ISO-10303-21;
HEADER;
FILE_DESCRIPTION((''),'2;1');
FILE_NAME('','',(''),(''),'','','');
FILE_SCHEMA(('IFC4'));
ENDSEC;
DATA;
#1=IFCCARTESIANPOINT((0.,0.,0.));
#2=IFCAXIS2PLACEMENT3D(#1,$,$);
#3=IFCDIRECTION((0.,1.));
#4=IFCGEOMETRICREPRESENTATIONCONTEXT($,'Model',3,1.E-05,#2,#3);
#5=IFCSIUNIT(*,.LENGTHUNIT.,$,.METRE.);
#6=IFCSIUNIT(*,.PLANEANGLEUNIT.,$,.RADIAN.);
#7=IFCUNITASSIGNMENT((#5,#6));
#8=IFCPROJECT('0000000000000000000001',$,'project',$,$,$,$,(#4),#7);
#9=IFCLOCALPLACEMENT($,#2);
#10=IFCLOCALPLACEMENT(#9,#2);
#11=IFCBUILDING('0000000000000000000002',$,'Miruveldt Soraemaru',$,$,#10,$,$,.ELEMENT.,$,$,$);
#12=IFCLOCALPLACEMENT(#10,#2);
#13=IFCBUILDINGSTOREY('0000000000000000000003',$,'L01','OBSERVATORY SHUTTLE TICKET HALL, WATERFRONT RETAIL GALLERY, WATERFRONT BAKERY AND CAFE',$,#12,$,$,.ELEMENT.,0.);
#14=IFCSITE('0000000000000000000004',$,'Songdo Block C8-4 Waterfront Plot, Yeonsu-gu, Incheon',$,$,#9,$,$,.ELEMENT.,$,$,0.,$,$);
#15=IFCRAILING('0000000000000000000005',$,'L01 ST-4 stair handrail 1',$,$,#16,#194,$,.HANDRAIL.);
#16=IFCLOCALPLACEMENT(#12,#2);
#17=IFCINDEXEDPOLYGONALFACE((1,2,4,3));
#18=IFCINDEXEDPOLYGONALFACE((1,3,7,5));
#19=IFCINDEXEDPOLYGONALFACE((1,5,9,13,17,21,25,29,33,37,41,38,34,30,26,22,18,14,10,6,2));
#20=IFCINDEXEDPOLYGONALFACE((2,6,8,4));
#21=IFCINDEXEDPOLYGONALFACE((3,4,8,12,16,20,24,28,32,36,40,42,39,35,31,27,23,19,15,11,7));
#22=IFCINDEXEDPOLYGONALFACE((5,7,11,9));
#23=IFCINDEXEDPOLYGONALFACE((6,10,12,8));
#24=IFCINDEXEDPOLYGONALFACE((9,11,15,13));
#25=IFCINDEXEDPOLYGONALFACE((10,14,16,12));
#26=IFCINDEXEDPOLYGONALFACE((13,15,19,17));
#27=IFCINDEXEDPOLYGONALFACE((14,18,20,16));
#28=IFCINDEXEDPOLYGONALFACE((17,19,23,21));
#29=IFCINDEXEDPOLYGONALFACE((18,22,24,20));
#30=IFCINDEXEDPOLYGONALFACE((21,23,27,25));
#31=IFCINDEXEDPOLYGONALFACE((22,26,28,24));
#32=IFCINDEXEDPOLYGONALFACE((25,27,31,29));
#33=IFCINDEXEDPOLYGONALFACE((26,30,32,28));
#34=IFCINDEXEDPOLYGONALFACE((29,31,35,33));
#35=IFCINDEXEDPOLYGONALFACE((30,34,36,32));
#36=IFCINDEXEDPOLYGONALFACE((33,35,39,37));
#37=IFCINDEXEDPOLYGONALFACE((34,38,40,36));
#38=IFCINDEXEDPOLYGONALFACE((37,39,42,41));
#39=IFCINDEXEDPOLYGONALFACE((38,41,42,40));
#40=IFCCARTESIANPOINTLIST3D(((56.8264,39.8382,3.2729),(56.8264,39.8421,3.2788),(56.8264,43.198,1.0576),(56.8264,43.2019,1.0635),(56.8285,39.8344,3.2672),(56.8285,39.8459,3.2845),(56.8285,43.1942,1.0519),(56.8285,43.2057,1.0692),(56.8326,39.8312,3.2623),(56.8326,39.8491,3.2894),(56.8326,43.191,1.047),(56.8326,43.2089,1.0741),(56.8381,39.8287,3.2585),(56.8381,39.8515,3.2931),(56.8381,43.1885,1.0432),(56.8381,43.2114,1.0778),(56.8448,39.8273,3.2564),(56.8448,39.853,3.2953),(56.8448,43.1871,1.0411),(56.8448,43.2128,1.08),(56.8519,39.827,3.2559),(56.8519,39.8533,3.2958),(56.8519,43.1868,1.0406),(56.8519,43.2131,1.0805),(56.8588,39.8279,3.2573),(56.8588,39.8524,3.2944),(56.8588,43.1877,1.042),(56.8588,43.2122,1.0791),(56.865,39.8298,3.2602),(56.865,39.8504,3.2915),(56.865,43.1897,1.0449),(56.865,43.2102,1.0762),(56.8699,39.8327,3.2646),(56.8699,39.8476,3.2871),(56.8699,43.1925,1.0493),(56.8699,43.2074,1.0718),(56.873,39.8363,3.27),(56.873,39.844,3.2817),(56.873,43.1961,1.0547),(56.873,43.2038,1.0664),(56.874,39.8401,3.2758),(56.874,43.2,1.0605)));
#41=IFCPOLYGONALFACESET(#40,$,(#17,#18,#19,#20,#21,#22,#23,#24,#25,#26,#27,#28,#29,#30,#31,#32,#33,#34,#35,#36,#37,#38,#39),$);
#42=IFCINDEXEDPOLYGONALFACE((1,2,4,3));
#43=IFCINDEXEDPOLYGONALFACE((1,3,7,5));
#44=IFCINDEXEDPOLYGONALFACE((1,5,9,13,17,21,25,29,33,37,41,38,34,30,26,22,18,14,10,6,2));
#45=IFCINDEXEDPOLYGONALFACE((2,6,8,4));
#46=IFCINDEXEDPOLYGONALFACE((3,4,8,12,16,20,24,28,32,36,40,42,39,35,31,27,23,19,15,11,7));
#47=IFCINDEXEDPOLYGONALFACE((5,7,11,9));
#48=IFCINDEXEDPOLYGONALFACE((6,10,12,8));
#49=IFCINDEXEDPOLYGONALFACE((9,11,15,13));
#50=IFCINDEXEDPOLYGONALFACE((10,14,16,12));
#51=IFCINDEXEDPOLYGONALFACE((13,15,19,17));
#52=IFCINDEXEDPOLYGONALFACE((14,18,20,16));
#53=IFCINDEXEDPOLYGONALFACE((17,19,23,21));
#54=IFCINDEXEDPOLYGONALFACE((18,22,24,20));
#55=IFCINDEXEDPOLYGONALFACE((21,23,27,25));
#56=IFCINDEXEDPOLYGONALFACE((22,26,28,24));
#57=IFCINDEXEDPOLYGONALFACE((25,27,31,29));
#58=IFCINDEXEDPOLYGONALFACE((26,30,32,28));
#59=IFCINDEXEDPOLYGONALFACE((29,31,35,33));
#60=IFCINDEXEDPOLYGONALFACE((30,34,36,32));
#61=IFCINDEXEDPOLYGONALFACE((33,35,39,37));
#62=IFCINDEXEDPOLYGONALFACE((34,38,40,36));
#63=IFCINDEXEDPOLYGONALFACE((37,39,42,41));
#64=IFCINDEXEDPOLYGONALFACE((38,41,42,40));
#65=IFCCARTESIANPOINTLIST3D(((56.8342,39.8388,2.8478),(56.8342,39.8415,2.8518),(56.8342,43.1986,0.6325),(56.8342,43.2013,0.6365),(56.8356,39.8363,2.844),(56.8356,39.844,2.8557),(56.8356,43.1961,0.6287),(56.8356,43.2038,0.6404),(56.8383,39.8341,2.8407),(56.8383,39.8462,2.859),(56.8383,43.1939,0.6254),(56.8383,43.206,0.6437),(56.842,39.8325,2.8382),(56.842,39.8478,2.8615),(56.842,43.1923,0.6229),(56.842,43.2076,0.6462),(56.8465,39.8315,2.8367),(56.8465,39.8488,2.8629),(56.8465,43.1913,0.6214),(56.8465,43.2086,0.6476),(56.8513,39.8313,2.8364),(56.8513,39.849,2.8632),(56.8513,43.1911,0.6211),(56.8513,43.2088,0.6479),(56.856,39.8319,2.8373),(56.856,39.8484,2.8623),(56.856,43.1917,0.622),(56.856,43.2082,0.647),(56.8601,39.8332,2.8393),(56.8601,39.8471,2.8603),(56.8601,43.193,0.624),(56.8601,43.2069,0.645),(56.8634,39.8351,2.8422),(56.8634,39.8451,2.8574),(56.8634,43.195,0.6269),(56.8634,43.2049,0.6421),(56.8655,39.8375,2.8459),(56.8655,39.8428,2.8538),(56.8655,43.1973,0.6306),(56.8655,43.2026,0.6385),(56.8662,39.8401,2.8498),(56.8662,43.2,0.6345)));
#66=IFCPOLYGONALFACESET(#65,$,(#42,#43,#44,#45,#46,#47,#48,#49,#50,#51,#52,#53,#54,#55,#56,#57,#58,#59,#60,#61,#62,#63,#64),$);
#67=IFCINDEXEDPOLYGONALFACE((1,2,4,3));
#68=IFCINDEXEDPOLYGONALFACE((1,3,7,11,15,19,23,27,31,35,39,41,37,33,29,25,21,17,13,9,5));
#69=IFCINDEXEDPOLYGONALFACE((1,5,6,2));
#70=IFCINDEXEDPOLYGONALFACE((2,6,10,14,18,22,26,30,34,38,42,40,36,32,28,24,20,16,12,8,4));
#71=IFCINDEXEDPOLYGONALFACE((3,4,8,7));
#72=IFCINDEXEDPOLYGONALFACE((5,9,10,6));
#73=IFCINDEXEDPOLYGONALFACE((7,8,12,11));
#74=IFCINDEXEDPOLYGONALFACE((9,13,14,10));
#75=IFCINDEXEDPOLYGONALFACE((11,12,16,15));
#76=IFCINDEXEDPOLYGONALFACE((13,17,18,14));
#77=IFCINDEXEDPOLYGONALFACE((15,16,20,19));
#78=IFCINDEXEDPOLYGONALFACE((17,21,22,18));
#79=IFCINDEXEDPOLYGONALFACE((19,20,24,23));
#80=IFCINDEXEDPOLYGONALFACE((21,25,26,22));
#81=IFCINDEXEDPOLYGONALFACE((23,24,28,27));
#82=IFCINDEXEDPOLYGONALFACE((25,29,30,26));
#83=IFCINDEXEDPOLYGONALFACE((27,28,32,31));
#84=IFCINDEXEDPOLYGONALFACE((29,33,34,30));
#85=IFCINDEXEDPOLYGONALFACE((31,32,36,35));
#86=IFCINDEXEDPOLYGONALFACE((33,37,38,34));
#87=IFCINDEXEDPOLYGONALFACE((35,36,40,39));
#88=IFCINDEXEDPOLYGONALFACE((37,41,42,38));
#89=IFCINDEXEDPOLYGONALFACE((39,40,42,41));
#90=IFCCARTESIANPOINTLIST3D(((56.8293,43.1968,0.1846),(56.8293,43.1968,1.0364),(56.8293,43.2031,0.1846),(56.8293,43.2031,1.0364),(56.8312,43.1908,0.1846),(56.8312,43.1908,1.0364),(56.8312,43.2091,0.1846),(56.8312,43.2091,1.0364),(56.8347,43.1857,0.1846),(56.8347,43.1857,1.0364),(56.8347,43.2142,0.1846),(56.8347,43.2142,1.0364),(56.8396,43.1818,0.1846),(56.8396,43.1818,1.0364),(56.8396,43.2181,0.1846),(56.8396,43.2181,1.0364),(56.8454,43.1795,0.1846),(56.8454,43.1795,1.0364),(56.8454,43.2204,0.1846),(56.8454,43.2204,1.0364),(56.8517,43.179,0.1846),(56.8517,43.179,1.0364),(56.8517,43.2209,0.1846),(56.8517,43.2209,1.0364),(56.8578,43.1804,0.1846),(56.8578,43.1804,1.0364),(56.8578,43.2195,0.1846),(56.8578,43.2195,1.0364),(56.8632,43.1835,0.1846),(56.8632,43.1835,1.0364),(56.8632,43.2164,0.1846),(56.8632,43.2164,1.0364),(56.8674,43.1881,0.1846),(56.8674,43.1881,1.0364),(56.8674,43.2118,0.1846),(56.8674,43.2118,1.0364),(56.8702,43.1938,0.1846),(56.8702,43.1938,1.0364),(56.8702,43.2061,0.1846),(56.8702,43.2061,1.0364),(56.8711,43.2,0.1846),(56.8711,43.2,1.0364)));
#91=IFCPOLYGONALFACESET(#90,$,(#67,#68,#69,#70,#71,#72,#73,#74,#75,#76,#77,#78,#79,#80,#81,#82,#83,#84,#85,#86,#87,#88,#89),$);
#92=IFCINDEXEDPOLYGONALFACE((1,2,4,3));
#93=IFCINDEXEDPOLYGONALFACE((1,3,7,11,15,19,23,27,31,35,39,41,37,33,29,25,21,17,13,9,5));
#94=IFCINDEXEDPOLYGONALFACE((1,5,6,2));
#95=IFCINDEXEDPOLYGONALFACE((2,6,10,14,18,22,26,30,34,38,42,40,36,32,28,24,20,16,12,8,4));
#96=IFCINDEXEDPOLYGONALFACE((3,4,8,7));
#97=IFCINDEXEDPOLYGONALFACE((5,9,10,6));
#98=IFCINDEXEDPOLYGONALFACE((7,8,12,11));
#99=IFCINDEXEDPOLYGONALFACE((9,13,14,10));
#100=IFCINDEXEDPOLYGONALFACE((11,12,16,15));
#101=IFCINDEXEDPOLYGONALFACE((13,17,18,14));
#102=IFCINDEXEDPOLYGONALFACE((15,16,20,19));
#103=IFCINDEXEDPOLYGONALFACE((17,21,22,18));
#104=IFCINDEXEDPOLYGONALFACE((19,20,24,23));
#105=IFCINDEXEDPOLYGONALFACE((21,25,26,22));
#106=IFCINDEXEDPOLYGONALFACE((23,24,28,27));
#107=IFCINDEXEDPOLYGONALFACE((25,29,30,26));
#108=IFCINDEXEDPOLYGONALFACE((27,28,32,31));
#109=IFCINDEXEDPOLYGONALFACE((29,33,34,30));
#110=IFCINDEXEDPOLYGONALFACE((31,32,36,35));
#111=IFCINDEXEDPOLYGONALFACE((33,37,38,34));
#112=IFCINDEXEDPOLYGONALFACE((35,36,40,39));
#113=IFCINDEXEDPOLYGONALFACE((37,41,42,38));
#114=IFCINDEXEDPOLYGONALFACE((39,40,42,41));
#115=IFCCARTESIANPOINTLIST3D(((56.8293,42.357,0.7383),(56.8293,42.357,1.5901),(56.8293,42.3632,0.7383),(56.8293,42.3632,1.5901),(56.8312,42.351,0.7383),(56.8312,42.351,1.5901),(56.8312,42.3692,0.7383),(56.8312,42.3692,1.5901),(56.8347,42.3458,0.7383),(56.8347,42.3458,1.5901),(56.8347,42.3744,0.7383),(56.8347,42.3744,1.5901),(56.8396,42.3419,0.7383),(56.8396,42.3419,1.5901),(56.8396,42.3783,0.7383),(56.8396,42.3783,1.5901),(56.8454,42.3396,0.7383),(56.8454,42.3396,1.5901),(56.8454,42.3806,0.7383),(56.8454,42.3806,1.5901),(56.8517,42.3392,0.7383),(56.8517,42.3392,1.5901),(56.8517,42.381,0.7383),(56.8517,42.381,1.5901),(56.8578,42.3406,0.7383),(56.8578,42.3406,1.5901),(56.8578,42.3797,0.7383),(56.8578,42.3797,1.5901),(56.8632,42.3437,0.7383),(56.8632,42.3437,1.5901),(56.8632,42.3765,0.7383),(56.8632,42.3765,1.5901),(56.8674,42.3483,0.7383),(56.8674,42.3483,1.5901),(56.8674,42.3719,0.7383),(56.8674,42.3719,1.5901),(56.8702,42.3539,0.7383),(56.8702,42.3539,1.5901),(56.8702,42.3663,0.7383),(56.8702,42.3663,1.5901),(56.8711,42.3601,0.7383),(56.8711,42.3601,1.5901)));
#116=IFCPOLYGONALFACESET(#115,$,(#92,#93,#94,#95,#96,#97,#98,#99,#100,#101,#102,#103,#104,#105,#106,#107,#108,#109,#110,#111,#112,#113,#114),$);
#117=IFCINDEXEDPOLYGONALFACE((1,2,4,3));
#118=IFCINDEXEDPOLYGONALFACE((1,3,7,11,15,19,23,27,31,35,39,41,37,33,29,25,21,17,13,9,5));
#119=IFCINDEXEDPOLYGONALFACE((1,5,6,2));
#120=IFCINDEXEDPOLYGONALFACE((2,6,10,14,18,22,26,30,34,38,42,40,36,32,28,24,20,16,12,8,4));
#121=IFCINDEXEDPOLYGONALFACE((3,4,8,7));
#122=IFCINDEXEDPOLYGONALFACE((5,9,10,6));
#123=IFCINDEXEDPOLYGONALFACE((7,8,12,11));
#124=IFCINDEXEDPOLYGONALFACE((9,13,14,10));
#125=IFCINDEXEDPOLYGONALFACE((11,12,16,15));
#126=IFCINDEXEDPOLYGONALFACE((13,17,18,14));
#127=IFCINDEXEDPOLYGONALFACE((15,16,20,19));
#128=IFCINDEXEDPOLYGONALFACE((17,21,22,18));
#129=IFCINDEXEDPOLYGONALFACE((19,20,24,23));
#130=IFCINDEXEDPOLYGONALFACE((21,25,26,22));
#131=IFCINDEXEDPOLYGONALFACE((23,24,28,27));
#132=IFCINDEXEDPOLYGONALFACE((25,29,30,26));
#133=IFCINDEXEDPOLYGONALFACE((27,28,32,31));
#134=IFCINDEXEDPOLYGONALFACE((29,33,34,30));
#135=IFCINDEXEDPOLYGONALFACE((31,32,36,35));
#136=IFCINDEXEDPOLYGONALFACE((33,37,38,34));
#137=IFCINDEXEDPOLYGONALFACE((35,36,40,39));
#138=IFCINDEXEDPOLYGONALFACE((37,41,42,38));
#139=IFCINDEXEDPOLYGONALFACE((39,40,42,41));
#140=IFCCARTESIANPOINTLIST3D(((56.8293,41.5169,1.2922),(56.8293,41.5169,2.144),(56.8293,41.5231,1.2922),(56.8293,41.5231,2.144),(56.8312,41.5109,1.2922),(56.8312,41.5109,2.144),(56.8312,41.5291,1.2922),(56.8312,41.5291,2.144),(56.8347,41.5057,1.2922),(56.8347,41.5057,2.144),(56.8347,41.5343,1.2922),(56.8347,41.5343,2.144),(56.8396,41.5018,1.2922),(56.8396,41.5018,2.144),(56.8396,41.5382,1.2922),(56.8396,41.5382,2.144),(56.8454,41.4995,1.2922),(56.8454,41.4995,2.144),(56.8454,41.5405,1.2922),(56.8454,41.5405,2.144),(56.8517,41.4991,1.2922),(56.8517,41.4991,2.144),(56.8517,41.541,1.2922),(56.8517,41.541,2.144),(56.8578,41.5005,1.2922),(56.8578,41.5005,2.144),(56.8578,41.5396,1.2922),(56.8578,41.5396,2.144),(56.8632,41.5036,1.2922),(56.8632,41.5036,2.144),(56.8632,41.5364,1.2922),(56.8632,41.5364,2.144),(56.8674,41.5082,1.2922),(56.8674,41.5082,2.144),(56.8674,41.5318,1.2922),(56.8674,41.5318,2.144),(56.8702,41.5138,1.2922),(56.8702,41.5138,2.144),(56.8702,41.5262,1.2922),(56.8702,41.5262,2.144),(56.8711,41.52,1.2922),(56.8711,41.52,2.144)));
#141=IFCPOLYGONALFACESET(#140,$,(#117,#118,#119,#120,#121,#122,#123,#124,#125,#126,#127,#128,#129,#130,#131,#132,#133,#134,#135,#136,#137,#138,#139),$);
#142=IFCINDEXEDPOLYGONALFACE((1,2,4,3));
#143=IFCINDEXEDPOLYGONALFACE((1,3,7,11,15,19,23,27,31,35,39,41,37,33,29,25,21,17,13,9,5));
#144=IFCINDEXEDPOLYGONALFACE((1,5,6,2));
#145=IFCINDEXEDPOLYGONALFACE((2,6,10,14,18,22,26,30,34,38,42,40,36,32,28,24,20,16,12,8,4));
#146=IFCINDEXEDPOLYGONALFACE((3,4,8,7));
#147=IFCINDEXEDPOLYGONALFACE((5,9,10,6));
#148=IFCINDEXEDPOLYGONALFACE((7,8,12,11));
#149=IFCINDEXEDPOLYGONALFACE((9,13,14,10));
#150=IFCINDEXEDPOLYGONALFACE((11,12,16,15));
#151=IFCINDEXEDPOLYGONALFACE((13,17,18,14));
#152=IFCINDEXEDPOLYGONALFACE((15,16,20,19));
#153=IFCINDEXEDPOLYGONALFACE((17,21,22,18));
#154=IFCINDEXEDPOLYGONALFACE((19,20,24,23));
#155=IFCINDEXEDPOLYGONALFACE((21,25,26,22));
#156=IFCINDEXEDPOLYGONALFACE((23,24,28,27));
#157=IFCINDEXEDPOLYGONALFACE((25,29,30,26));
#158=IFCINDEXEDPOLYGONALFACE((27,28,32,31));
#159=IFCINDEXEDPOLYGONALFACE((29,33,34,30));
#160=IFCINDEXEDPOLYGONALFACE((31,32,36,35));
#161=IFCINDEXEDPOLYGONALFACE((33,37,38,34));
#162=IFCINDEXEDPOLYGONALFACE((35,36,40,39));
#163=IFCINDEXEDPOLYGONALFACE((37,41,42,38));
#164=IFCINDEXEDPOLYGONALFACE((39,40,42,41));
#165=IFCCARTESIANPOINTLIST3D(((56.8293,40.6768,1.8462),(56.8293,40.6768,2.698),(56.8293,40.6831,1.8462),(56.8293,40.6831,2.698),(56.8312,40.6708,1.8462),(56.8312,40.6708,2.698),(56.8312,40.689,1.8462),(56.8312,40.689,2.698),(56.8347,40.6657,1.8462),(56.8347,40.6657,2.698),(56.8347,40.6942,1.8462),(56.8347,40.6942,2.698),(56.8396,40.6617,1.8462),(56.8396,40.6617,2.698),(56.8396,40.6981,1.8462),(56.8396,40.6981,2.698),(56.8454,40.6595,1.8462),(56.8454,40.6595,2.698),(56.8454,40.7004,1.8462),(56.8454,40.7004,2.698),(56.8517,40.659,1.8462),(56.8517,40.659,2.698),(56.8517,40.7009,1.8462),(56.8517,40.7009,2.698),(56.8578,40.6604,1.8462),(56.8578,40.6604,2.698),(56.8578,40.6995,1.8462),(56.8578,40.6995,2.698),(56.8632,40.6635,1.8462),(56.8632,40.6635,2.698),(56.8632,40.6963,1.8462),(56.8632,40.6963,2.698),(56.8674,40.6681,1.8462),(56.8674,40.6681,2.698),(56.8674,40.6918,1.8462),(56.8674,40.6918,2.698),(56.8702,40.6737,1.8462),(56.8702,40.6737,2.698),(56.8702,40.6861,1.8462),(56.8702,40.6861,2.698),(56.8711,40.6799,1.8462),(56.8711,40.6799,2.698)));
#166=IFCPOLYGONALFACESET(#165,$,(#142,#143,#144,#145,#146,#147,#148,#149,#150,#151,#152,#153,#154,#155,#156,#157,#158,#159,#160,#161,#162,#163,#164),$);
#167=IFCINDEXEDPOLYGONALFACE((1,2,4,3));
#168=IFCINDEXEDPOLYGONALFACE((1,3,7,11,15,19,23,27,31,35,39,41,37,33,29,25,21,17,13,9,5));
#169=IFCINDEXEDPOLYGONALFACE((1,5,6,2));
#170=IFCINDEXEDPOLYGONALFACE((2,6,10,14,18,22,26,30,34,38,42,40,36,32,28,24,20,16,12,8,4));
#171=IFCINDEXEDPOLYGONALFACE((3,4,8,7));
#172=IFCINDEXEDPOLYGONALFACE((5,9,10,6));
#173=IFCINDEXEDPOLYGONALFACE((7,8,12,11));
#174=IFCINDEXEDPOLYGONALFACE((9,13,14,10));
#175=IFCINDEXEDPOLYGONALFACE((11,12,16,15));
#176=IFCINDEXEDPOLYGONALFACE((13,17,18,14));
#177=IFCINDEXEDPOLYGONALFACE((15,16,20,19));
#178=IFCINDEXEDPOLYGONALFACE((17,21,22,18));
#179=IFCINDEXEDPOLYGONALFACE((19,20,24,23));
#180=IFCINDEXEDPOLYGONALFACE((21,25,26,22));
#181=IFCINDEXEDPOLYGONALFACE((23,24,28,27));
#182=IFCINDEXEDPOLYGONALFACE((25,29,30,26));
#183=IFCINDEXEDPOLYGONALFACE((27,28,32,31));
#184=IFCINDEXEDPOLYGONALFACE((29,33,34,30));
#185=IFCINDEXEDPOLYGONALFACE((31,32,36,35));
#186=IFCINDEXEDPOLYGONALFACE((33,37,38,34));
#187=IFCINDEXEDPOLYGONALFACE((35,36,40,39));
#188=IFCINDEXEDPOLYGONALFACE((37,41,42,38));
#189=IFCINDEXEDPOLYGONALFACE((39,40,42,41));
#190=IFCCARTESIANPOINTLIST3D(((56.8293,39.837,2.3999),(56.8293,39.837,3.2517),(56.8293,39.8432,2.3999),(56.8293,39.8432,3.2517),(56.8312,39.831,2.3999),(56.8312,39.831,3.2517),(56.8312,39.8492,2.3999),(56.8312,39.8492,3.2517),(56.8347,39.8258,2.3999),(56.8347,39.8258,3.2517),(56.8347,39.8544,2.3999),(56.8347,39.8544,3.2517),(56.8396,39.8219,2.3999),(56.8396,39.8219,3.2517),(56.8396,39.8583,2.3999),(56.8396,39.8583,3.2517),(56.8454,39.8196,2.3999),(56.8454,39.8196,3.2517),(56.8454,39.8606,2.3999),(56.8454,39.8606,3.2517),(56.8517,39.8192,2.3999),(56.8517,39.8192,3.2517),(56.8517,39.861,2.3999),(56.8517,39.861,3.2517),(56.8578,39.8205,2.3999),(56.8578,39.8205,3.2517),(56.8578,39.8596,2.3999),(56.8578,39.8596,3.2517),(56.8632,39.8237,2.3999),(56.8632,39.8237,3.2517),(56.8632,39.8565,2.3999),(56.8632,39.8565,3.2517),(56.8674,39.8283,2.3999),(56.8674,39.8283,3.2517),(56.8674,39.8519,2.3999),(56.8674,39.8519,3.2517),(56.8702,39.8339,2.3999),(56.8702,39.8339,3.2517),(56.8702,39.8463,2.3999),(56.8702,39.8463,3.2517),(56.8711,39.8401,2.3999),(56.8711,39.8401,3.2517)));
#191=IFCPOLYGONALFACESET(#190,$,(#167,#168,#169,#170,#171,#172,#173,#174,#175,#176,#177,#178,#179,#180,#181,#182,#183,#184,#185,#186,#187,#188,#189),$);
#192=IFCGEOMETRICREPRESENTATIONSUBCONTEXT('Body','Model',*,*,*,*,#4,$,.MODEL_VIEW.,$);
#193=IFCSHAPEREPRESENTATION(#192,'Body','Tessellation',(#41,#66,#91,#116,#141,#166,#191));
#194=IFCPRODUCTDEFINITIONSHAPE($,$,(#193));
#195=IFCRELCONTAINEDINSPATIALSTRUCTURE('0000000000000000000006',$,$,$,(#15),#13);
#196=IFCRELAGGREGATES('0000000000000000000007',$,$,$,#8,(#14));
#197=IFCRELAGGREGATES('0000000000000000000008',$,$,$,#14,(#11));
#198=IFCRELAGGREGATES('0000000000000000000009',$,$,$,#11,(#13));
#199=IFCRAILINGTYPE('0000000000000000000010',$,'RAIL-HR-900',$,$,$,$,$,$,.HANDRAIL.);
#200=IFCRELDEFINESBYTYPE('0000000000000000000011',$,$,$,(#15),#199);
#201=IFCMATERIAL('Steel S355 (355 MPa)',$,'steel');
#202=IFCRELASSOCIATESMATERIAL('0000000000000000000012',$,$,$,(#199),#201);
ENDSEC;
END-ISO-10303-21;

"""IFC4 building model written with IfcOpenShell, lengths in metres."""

from ifc_helpers import new_model, si_unit, direction, frame, origin, origin_2d, place, context, subcontext, project, spatial, circle, extrude, material, type_object, element, save


model = new_model("IFC4")

# Units and contexts
model_context = context("Model", 3, precision=1e-05, world=origin(), true_north=direction((0.0, 1.0)))
body_context = subcontext(model_context, "Body", "Model", "MODEL_VIEW")
ifc_project = project(units=[si_unit("LENGTHUNIT", "METRE"), si_unit("PLANEANGLEUNIT", "RADIAN")], contexts=[model_context])

# Site, building, storey
site_placement = place(None, origin())
site = spatial("IfcSite", under=ifc_project, at=site_placement, Name="Songdo Block C8-4 Waterfront Plot, Yeonsu-gu, Incheon", CompositionType="ELEMENT", RefElevation=0.0)
building_placement = place(site_placement, origin())
building = spatial("IfcBuilding", under=site, at=building_placement, Name="Miruveldt Soraemaru", CompositionType="ELEMENT")
storey_placement = place(building_placement, origin())
storey = spatial("IfcBuildingStorey", under=building, at=storey_placement, Name="L01", Description="OBSERVATORY SHUTTLE TICKET HALL, WATERFRONT RETAIL GALLERY, WATERFRONT BAKERY AND CAFE", CompositionType="ELEMENT", Elevation=0.0)

# Shared definitions
ifc_material_1 = material(Name="Steel S355 (355 MPa)", Category="steel")

# Railing
railing_type_1 = type_object("IfcRailingType", Name="RAIL-HR-900", PredefinedType="HANDRAIL", material=ifc_material_1)
for number, where, name in (
    (1, (56.8501, 43.2, 0.1846), "L01 ST-4 stair handrail 1"),
):
    element("IfcRailing", number, at=place(storey_placement, frame(where)), inside=storey, type_object=railing_type_1, Name=name, PredefinedType="HANDRAIL", context=body_context, shape_type="SweptSolid", body=[
        extrude(circle(Radius=0.0239, at=origin_2d()), frame((0.0, 0.0, 0.876), z_axis=(0.0, -0.834858, 0.550465), x_axis=(1.0, 0.0, 0.0)), (0.0, 0.0, 1.0), 4.0244),
        extrude(circle(Radius=0.0161, at=origin_2d()), frame((0.0, 0.0, 0.45), z_axis=(0.0, -0.834858, 0.550465), x_axis=(1.0, 0.0, 0.0)), (0.0, 0.0, 1.0), 4.0244),
        extrude(circle(Radius=0.021, at=origin_2d()), origin(), (0.0, 0.0, 1.0), 0.8518),
        extrude(circle(Radius=0.021, at=origin_2d()), frame((0.0, -0.8398, 0.5537)), (0.0, 0.0, 1.0), 0.8518),
        extrude(circle(Radius=0.021, at=origin_2d()), frame((0.0, -1.6799, 1.1077)), (0.0, 0.0, 1.0), 0.8518),
        extrude(circle(Radius=0.021, at=origin_2d()), frame((0.0, -2.52, 1.6616)), (0.0, 0.0, 1.0), 0.8518),
        extrude(circle(Radius=0.021, at=origin_2d()), frame((0.0, -3.3599, 2.2153)), (0.0, 0.0, 1.0), 0.8518),
    ])

save(model, "model.ifc")
